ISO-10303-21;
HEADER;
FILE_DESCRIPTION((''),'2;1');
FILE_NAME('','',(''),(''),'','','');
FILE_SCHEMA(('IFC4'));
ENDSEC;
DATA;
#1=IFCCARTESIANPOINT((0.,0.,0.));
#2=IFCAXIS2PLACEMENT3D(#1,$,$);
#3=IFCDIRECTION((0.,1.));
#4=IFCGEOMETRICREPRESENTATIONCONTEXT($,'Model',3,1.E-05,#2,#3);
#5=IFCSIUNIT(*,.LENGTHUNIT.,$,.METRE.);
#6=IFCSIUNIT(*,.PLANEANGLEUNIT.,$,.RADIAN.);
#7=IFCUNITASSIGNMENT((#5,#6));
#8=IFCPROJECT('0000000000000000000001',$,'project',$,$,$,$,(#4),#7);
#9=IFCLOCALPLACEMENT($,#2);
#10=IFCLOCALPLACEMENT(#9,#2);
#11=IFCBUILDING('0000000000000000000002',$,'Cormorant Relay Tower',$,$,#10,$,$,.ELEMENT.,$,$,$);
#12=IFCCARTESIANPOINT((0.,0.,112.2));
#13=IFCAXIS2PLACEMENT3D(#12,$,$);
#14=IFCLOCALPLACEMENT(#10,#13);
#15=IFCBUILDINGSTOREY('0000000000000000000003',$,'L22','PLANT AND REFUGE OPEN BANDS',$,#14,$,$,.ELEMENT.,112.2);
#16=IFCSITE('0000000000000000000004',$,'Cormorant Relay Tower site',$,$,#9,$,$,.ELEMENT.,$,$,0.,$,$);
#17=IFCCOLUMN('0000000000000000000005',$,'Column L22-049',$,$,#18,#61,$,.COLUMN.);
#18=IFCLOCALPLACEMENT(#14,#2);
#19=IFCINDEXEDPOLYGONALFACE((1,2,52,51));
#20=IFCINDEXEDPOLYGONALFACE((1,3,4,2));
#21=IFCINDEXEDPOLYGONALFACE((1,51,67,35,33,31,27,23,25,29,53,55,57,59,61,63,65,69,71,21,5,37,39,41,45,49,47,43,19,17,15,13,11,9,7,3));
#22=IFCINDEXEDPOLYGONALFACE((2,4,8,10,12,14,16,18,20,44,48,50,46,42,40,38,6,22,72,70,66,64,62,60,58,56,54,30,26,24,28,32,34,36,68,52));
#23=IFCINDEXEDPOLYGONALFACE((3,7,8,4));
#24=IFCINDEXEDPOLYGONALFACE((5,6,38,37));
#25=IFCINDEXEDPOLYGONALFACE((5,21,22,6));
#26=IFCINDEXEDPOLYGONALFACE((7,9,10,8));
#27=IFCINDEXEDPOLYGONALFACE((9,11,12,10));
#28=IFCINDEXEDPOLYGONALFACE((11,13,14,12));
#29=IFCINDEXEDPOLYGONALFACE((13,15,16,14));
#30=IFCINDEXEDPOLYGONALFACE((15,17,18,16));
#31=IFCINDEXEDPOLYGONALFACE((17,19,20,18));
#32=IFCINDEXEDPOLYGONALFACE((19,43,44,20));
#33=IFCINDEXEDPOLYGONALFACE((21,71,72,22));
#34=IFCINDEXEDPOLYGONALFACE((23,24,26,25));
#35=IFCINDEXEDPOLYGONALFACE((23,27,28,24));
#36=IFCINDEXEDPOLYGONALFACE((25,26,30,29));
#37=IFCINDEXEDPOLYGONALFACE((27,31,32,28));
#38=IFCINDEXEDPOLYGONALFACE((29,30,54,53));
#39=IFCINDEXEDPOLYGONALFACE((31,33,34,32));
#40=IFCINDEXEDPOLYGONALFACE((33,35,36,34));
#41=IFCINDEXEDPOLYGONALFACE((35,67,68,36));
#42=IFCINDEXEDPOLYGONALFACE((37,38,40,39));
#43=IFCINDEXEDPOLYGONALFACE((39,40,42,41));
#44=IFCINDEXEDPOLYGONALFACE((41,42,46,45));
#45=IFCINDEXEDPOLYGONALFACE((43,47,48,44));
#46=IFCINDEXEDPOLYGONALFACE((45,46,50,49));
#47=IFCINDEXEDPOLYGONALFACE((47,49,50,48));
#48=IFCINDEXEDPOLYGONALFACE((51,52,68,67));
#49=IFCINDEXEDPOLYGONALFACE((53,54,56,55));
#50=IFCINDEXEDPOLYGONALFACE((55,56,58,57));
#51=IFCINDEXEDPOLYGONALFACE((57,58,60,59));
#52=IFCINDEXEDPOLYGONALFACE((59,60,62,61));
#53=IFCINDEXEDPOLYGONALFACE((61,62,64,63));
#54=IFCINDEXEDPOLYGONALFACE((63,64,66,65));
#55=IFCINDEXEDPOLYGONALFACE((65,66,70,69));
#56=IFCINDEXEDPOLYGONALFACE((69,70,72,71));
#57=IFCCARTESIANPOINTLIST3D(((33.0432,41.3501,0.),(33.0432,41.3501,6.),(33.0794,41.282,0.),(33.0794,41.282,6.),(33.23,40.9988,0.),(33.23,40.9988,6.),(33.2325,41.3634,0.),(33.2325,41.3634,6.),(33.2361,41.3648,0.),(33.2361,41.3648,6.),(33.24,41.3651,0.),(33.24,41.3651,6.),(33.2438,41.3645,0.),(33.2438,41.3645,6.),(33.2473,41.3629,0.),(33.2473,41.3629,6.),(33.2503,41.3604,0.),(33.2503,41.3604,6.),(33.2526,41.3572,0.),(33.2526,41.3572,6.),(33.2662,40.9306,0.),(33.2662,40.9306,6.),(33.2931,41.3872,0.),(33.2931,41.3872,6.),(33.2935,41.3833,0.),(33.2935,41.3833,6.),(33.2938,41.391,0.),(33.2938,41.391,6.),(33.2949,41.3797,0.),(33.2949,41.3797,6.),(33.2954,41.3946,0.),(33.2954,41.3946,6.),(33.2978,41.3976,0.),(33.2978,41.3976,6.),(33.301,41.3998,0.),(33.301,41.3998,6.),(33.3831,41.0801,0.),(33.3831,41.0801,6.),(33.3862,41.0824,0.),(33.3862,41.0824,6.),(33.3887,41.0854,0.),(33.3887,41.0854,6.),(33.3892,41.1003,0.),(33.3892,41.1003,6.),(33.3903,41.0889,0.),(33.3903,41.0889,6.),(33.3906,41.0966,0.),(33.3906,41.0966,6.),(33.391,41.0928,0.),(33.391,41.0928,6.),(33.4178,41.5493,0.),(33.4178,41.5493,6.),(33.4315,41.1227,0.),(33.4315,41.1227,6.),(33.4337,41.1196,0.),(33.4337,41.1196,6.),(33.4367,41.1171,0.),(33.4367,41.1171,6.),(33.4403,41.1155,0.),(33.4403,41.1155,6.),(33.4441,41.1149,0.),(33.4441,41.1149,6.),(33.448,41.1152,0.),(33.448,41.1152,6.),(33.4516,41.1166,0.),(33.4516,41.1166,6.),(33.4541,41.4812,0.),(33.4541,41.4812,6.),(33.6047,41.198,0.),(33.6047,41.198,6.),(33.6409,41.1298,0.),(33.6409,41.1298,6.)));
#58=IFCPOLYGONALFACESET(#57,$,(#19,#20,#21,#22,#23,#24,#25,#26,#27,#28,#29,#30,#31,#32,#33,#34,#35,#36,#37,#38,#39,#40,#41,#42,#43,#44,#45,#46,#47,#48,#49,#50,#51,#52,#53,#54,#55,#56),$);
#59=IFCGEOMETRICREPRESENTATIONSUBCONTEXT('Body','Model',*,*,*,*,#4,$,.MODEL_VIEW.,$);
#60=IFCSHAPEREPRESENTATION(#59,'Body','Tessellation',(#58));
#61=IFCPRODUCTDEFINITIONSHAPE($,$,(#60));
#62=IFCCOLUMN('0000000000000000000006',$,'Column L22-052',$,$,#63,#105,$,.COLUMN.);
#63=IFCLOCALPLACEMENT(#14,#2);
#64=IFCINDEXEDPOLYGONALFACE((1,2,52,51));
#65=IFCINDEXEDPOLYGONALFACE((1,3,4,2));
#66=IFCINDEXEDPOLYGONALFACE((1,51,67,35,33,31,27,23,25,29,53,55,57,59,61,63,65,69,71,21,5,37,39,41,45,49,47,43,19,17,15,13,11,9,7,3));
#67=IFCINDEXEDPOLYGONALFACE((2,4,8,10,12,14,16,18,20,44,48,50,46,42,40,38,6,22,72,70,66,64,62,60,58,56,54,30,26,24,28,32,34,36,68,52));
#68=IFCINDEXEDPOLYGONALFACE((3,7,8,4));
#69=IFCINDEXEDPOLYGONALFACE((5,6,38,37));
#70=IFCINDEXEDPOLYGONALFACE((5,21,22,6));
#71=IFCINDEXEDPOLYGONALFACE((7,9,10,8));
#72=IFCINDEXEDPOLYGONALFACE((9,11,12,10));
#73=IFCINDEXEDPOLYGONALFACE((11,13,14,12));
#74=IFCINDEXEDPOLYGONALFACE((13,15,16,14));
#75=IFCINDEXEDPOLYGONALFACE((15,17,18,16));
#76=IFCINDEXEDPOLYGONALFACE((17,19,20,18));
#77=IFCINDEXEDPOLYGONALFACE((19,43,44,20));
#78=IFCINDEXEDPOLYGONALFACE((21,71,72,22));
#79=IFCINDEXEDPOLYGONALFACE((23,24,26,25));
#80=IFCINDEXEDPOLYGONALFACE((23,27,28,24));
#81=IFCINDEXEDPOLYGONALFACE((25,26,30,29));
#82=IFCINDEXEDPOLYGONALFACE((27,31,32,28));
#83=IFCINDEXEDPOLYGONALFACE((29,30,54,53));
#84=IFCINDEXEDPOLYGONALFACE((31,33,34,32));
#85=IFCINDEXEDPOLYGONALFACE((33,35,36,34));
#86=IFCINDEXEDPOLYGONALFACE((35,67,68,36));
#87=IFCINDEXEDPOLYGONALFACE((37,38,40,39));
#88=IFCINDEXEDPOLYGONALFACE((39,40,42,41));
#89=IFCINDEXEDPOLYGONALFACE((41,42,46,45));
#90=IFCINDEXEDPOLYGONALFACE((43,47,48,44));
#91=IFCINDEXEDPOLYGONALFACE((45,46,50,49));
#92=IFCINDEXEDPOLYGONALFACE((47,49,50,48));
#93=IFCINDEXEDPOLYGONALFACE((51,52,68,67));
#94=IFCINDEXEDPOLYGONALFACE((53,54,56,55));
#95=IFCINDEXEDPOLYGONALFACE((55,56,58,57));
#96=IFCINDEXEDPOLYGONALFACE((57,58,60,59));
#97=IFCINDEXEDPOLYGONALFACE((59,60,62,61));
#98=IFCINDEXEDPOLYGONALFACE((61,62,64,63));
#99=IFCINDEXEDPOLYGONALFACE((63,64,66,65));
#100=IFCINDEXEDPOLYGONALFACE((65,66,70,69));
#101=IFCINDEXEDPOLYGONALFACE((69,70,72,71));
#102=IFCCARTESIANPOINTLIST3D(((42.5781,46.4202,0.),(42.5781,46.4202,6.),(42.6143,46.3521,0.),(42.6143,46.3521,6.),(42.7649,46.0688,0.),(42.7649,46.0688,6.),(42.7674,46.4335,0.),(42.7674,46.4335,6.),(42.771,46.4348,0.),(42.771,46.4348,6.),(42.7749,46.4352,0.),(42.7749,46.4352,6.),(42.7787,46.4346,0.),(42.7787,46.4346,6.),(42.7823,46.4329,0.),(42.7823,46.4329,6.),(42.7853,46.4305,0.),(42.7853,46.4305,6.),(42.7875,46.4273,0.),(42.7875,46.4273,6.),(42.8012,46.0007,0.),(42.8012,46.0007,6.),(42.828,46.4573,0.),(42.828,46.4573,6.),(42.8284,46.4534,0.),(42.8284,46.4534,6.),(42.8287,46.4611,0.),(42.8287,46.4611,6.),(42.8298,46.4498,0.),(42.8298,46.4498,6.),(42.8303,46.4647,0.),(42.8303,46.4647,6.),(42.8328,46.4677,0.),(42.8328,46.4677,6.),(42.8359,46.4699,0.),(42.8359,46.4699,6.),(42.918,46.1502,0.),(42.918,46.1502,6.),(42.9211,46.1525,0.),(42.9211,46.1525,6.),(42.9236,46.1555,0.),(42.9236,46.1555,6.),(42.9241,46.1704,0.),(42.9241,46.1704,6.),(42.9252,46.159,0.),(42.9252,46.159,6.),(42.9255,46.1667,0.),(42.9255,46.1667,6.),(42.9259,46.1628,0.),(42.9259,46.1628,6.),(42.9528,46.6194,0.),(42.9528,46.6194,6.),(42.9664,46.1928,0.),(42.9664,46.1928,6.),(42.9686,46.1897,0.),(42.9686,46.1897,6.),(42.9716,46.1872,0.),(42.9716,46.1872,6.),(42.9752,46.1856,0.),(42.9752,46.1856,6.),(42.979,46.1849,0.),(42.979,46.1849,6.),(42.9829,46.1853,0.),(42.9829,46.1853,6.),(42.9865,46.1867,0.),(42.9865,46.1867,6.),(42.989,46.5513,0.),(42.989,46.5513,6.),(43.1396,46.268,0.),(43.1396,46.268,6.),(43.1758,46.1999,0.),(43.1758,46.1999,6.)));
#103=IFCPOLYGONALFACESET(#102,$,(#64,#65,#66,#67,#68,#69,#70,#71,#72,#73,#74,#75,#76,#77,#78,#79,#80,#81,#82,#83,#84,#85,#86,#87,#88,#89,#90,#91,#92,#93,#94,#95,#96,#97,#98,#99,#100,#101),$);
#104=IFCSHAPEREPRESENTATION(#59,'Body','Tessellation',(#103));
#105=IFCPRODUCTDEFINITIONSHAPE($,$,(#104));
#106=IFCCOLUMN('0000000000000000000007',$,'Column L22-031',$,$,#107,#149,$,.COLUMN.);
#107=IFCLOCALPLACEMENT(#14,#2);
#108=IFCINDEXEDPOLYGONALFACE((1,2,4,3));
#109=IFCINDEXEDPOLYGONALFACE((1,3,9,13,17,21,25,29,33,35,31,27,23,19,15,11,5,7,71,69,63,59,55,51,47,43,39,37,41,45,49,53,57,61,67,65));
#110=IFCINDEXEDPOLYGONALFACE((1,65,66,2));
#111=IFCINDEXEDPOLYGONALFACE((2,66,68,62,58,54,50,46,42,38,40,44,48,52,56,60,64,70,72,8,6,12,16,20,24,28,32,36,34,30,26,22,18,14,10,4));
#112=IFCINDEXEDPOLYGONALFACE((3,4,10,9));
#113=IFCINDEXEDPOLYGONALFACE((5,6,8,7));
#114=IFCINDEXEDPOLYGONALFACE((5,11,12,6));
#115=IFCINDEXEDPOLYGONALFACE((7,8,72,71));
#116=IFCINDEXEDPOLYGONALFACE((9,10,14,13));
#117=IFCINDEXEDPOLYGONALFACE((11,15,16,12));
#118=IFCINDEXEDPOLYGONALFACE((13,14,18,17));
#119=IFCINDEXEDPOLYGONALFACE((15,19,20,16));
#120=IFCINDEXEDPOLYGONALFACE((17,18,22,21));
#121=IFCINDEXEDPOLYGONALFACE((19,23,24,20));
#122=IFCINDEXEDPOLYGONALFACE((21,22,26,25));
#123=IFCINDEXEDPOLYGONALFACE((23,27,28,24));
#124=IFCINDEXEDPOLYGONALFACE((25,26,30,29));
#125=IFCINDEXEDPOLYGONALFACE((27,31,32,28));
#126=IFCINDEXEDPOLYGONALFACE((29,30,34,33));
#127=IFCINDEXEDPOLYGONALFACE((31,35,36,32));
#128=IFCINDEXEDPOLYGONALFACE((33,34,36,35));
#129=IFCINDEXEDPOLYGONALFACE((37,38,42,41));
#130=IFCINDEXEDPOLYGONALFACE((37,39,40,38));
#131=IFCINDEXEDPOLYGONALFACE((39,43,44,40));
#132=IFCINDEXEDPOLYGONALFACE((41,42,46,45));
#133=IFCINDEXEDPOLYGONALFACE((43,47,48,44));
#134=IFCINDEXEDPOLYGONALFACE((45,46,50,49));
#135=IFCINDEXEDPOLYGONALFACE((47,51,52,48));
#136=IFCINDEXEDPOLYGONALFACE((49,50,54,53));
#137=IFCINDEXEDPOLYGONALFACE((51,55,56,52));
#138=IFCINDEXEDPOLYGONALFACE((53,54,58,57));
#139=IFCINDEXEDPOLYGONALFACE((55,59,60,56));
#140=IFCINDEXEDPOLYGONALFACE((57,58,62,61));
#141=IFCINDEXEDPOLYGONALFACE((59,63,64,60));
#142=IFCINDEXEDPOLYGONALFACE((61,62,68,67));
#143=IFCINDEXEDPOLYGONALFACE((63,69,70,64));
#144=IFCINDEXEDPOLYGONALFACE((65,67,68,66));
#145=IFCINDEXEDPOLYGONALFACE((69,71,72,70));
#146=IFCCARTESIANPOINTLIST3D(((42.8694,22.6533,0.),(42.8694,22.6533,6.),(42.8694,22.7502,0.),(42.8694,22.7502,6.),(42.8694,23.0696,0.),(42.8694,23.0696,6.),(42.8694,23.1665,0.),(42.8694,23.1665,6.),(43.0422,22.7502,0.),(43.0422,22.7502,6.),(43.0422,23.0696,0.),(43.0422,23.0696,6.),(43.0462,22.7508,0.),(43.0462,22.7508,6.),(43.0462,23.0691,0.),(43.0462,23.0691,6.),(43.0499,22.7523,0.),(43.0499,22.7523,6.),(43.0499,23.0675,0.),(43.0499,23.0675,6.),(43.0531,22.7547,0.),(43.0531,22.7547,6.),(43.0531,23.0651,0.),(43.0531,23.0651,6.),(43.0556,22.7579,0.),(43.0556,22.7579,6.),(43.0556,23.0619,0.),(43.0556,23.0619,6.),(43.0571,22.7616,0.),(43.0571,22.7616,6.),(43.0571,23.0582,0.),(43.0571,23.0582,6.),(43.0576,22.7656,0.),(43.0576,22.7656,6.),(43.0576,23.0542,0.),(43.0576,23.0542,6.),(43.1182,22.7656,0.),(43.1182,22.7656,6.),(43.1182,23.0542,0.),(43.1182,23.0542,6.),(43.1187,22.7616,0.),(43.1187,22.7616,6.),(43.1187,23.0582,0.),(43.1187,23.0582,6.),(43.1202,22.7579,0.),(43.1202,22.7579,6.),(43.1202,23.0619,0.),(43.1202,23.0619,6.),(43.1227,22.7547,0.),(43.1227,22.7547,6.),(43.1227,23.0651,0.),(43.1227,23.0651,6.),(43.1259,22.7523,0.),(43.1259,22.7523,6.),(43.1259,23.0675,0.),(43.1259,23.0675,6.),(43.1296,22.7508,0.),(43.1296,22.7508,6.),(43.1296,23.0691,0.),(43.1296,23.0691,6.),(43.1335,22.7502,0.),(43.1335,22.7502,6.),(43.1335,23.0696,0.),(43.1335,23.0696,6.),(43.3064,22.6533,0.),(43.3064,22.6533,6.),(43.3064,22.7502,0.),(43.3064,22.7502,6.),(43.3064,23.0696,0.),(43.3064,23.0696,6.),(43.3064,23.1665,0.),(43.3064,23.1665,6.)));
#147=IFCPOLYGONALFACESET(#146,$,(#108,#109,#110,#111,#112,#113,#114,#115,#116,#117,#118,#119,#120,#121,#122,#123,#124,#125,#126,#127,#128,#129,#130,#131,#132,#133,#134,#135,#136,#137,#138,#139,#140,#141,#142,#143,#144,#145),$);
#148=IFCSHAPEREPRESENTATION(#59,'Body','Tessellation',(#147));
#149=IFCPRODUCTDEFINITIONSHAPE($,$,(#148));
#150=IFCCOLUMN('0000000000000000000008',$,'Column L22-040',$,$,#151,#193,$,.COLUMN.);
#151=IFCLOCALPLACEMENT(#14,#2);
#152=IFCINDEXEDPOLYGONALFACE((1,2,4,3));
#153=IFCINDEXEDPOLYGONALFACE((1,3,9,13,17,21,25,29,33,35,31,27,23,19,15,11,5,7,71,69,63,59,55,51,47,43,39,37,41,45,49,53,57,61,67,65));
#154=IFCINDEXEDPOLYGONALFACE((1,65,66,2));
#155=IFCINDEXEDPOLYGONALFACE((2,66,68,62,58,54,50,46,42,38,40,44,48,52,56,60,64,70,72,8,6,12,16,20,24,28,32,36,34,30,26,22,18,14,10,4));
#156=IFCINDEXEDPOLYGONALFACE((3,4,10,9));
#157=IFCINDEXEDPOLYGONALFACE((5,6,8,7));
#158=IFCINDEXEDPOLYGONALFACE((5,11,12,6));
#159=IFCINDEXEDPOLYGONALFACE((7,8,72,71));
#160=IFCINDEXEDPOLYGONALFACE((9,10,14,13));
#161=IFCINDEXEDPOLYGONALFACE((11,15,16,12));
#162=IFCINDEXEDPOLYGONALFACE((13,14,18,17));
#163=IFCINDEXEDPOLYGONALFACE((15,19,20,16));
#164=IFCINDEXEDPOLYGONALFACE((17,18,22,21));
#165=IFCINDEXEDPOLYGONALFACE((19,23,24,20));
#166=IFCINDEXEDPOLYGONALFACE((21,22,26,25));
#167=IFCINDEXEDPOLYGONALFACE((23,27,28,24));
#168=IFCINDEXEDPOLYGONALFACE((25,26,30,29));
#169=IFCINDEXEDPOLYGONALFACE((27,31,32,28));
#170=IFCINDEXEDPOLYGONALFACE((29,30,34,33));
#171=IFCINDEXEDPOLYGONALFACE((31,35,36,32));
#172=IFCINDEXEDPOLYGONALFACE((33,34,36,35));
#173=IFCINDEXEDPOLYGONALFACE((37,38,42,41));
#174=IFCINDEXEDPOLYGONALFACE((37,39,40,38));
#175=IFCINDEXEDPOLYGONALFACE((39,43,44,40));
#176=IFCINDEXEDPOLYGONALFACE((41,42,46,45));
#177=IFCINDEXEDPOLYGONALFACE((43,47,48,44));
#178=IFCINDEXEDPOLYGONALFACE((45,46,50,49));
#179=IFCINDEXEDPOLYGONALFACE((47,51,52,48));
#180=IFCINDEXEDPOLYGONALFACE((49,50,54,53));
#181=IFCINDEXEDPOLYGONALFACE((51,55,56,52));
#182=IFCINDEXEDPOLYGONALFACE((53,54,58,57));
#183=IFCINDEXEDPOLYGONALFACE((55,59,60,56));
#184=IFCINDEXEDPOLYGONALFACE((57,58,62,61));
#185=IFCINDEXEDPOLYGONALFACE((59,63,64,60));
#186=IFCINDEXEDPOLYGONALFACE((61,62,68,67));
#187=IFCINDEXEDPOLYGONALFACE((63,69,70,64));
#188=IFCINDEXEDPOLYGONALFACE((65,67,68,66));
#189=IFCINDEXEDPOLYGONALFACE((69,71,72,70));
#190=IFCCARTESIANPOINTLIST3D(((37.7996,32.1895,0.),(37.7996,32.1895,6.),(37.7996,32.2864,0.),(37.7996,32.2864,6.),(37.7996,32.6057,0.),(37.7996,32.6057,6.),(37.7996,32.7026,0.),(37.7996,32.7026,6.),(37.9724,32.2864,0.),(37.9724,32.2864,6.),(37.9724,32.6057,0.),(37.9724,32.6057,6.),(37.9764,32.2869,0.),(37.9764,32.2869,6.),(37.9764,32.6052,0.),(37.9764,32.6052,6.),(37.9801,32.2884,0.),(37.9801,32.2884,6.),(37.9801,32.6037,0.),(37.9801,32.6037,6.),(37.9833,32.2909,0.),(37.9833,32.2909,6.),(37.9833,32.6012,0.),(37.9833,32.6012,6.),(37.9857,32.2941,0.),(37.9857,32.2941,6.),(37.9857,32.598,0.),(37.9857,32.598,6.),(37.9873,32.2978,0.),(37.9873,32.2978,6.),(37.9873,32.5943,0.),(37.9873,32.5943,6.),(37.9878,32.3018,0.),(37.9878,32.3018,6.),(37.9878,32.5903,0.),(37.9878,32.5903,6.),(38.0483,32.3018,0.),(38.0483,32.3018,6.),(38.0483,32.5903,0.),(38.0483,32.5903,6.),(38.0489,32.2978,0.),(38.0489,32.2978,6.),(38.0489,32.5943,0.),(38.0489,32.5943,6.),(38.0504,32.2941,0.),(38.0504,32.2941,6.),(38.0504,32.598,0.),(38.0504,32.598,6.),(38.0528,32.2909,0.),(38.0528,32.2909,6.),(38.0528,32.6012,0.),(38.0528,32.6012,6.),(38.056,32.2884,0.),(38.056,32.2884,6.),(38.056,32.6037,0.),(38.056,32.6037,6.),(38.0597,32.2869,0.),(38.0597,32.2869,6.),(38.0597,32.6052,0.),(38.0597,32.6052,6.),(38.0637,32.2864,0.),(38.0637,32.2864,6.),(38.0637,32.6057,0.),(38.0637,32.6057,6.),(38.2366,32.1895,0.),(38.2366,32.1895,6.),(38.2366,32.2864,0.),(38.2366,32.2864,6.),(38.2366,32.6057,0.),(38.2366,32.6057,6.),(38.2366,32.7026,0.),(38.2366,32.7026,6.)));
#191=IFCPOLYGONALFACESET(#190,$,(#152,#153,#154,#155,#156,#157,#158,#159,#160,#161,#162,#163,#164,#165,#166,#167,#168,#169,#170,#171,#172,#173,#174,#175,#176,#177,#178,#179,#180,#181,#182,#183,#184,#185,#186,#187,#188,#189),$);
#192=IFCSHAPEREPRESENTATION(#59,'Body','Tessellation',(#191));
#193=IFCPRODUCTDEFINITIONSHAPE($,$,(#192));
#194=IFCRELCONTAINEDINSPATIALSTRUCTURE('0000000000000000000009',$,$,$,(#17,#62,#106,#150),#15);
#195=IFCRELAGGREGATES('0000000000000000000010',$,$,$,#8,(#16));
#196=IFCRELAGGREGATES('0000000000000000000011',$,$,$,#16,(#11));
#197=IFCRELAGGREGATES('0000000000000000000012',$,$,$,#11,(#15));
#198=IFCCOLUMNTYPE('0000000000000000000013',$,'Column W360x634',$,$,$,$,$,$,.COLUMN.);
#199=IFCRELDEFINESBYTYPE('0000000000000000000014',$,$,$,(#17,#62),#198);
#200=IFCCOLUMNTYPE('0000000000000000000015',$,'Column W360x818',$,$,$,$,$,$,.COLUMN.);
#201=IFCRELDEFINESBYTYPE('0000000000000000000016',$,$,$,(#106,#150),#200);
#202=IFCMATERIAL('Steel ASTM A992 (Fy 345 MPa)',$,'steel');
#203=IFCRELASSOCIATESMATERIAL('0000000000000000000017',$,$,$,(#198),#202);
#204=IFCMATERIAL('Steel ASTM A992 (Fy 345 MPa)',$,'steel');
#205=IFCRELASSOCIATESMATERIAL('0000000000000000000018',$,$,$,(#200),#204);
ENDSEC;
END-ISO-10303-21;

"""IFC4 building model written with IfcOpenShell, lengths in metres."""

from ifc_helpers import new_model, si_unit, direction, frame, origin, origin_2d, place, context, subcontext, project, spatial, i_section, extrude, material, material_profile, profile_set, type_object, element, save


model = new_model("IFC4")

# Units and contexts
model_context = context("Model", 3, precision=1e-05, world=origin(), true_north=direction((0.0, 1.0)))
body_context = subcontext(model_context, "Body", "Model", "MODEL_VIEW")
ifc_project = project(units=[si_unit("LENGTHUNIT", "METRE"), si_unit("PLANEANGLEUNIT", "RADIAN")], contexts=[model_context])

# Site, building, storey
site_placement = place(None, origin())
site = spatial("IfcSite", under=ifc_project, at=site_placement, Name="Cormorant Relay Tower site", CompositionType="ELEMENT", RefElevation=0.0)
building_placement = place(site_placement, origin())
building = spatial("IfcBuilding", under=site, at=building_placement, Name="Cormorant Relay Tower", CompositionType="ELEMENT")
storey_placement = place(building_placement, frame((0.0, 0.0, 112.2)))
storey = spatial("IfcBuildingStorey", under=building, at=storey_placement, Name="L22", Description="PLANT AND REFUGE OPEN BANDS", CompositionType="ELEMENT", Elevation=112.2)

# Columns
ifc_material_1 = material(Name="Steel ASTM A992 (Fy 345 MPa)", Category="steel")
ifc_material_profile_1 = material_profile(ifc_material_1, i_section(OverallWidth=0.4243, OverallDepth=0.4751, WebThickness=0.0479, FlangeThickness=0.0771, FilletRadius=0.0149, at=origin_2d()), Name="W360x634")
ifc_profile_set_1 = profile_set([ifc_material_profile_1], Name="Steel ASTM A992 (Fy 345 MPa)")
column_type_1 = type_object("IfcColumnType", Name="Column W360x634", PredefinedType="COLUMN", material=ifc_profile_set_1)
for number, where, z_axis, x_axis, name in (
    (1, (33.342, 41.24, 0.0), (0.0, 0.0, 1.0), (-0.882948, -0.469472, 0.0), "Column L22-049"),
    (2, (42.877, 46.3101, 0.0), (0.0, 0.0, 1.0), (-0.882948, -0.469472, 0.0), "Column L22-052"),
):
    element("IfcColumn", number, at=place(storey_placement, frame(where, z_axis=z_axis, x_axis=x_axis)), inside=storey, type_object=column_type_1, Name=name, PredefinedType="COLUMN", context=body_context, shape_type="SweptSolid", body=[
        extrude(i_section(OverallWidth=0.4243, OverallDepth=0.4751, WebThickness=0.0479, FlangeThickness=0.0771, FilletRadius=0.0149, at=origin_2d()), origin(), (0.0, 0.0, 1.0), 6.0),
    ])
ifc_material_2 = material(Name="Steel ASTM A992 (Fy 345 MPa)", Category="steel")
ifc_material_profile_2 = material_profile(ifc_material_2, i_section(OverallWidth=0.437, OverallDepth=0.5132, WebThickness=0.0605, FlangeThickness=0.0969, FilletRadius=0.0154, at=origin_2d()), Name="W360x818")
ifc_profile_set_2 = profile_set([ifc_material_profile_2], Name="Steel ASTM A992 (Fy 345 MPa)")
column_type_2 = type_object("IfcColumnType", Name="Column W360x818", PredefinedType="COLUMN", material=ifc_profile_set_2)
for number, where, z_axis, x_axis, name in (
    (3, (43.0879, 22.9099, 0.0), (0.0, 0.0, 1.0), (1.0, 0.0, 0.0), "Column L22-031"),
    (4, (38.0181, 32.446, 0.0), (0.0, 0.0, 1.0), (1.0, 0.0, 0.0), "Column L22-040"),
):
    element("IfcColumn", number, at=place(storey_placement, frame(where, z_axis=z_axis, x_axis=x_axis)), inside=storey, type_object=column_type_2, Name=name, PredefinedType="COLUMN", context=body_context, shape_type="SweptSolid", body=[
        extrude(i_section(OverallWidth=0.437, OverallDepth=0.5132, WebThickness=0.0605, FlangeThickness=0.0969, FilletRadius=0.0154, at=origin_2d()), origin(), (0.0, 0.0, 1.0), 6.0),
    ])

save(model, "model.ifc")
